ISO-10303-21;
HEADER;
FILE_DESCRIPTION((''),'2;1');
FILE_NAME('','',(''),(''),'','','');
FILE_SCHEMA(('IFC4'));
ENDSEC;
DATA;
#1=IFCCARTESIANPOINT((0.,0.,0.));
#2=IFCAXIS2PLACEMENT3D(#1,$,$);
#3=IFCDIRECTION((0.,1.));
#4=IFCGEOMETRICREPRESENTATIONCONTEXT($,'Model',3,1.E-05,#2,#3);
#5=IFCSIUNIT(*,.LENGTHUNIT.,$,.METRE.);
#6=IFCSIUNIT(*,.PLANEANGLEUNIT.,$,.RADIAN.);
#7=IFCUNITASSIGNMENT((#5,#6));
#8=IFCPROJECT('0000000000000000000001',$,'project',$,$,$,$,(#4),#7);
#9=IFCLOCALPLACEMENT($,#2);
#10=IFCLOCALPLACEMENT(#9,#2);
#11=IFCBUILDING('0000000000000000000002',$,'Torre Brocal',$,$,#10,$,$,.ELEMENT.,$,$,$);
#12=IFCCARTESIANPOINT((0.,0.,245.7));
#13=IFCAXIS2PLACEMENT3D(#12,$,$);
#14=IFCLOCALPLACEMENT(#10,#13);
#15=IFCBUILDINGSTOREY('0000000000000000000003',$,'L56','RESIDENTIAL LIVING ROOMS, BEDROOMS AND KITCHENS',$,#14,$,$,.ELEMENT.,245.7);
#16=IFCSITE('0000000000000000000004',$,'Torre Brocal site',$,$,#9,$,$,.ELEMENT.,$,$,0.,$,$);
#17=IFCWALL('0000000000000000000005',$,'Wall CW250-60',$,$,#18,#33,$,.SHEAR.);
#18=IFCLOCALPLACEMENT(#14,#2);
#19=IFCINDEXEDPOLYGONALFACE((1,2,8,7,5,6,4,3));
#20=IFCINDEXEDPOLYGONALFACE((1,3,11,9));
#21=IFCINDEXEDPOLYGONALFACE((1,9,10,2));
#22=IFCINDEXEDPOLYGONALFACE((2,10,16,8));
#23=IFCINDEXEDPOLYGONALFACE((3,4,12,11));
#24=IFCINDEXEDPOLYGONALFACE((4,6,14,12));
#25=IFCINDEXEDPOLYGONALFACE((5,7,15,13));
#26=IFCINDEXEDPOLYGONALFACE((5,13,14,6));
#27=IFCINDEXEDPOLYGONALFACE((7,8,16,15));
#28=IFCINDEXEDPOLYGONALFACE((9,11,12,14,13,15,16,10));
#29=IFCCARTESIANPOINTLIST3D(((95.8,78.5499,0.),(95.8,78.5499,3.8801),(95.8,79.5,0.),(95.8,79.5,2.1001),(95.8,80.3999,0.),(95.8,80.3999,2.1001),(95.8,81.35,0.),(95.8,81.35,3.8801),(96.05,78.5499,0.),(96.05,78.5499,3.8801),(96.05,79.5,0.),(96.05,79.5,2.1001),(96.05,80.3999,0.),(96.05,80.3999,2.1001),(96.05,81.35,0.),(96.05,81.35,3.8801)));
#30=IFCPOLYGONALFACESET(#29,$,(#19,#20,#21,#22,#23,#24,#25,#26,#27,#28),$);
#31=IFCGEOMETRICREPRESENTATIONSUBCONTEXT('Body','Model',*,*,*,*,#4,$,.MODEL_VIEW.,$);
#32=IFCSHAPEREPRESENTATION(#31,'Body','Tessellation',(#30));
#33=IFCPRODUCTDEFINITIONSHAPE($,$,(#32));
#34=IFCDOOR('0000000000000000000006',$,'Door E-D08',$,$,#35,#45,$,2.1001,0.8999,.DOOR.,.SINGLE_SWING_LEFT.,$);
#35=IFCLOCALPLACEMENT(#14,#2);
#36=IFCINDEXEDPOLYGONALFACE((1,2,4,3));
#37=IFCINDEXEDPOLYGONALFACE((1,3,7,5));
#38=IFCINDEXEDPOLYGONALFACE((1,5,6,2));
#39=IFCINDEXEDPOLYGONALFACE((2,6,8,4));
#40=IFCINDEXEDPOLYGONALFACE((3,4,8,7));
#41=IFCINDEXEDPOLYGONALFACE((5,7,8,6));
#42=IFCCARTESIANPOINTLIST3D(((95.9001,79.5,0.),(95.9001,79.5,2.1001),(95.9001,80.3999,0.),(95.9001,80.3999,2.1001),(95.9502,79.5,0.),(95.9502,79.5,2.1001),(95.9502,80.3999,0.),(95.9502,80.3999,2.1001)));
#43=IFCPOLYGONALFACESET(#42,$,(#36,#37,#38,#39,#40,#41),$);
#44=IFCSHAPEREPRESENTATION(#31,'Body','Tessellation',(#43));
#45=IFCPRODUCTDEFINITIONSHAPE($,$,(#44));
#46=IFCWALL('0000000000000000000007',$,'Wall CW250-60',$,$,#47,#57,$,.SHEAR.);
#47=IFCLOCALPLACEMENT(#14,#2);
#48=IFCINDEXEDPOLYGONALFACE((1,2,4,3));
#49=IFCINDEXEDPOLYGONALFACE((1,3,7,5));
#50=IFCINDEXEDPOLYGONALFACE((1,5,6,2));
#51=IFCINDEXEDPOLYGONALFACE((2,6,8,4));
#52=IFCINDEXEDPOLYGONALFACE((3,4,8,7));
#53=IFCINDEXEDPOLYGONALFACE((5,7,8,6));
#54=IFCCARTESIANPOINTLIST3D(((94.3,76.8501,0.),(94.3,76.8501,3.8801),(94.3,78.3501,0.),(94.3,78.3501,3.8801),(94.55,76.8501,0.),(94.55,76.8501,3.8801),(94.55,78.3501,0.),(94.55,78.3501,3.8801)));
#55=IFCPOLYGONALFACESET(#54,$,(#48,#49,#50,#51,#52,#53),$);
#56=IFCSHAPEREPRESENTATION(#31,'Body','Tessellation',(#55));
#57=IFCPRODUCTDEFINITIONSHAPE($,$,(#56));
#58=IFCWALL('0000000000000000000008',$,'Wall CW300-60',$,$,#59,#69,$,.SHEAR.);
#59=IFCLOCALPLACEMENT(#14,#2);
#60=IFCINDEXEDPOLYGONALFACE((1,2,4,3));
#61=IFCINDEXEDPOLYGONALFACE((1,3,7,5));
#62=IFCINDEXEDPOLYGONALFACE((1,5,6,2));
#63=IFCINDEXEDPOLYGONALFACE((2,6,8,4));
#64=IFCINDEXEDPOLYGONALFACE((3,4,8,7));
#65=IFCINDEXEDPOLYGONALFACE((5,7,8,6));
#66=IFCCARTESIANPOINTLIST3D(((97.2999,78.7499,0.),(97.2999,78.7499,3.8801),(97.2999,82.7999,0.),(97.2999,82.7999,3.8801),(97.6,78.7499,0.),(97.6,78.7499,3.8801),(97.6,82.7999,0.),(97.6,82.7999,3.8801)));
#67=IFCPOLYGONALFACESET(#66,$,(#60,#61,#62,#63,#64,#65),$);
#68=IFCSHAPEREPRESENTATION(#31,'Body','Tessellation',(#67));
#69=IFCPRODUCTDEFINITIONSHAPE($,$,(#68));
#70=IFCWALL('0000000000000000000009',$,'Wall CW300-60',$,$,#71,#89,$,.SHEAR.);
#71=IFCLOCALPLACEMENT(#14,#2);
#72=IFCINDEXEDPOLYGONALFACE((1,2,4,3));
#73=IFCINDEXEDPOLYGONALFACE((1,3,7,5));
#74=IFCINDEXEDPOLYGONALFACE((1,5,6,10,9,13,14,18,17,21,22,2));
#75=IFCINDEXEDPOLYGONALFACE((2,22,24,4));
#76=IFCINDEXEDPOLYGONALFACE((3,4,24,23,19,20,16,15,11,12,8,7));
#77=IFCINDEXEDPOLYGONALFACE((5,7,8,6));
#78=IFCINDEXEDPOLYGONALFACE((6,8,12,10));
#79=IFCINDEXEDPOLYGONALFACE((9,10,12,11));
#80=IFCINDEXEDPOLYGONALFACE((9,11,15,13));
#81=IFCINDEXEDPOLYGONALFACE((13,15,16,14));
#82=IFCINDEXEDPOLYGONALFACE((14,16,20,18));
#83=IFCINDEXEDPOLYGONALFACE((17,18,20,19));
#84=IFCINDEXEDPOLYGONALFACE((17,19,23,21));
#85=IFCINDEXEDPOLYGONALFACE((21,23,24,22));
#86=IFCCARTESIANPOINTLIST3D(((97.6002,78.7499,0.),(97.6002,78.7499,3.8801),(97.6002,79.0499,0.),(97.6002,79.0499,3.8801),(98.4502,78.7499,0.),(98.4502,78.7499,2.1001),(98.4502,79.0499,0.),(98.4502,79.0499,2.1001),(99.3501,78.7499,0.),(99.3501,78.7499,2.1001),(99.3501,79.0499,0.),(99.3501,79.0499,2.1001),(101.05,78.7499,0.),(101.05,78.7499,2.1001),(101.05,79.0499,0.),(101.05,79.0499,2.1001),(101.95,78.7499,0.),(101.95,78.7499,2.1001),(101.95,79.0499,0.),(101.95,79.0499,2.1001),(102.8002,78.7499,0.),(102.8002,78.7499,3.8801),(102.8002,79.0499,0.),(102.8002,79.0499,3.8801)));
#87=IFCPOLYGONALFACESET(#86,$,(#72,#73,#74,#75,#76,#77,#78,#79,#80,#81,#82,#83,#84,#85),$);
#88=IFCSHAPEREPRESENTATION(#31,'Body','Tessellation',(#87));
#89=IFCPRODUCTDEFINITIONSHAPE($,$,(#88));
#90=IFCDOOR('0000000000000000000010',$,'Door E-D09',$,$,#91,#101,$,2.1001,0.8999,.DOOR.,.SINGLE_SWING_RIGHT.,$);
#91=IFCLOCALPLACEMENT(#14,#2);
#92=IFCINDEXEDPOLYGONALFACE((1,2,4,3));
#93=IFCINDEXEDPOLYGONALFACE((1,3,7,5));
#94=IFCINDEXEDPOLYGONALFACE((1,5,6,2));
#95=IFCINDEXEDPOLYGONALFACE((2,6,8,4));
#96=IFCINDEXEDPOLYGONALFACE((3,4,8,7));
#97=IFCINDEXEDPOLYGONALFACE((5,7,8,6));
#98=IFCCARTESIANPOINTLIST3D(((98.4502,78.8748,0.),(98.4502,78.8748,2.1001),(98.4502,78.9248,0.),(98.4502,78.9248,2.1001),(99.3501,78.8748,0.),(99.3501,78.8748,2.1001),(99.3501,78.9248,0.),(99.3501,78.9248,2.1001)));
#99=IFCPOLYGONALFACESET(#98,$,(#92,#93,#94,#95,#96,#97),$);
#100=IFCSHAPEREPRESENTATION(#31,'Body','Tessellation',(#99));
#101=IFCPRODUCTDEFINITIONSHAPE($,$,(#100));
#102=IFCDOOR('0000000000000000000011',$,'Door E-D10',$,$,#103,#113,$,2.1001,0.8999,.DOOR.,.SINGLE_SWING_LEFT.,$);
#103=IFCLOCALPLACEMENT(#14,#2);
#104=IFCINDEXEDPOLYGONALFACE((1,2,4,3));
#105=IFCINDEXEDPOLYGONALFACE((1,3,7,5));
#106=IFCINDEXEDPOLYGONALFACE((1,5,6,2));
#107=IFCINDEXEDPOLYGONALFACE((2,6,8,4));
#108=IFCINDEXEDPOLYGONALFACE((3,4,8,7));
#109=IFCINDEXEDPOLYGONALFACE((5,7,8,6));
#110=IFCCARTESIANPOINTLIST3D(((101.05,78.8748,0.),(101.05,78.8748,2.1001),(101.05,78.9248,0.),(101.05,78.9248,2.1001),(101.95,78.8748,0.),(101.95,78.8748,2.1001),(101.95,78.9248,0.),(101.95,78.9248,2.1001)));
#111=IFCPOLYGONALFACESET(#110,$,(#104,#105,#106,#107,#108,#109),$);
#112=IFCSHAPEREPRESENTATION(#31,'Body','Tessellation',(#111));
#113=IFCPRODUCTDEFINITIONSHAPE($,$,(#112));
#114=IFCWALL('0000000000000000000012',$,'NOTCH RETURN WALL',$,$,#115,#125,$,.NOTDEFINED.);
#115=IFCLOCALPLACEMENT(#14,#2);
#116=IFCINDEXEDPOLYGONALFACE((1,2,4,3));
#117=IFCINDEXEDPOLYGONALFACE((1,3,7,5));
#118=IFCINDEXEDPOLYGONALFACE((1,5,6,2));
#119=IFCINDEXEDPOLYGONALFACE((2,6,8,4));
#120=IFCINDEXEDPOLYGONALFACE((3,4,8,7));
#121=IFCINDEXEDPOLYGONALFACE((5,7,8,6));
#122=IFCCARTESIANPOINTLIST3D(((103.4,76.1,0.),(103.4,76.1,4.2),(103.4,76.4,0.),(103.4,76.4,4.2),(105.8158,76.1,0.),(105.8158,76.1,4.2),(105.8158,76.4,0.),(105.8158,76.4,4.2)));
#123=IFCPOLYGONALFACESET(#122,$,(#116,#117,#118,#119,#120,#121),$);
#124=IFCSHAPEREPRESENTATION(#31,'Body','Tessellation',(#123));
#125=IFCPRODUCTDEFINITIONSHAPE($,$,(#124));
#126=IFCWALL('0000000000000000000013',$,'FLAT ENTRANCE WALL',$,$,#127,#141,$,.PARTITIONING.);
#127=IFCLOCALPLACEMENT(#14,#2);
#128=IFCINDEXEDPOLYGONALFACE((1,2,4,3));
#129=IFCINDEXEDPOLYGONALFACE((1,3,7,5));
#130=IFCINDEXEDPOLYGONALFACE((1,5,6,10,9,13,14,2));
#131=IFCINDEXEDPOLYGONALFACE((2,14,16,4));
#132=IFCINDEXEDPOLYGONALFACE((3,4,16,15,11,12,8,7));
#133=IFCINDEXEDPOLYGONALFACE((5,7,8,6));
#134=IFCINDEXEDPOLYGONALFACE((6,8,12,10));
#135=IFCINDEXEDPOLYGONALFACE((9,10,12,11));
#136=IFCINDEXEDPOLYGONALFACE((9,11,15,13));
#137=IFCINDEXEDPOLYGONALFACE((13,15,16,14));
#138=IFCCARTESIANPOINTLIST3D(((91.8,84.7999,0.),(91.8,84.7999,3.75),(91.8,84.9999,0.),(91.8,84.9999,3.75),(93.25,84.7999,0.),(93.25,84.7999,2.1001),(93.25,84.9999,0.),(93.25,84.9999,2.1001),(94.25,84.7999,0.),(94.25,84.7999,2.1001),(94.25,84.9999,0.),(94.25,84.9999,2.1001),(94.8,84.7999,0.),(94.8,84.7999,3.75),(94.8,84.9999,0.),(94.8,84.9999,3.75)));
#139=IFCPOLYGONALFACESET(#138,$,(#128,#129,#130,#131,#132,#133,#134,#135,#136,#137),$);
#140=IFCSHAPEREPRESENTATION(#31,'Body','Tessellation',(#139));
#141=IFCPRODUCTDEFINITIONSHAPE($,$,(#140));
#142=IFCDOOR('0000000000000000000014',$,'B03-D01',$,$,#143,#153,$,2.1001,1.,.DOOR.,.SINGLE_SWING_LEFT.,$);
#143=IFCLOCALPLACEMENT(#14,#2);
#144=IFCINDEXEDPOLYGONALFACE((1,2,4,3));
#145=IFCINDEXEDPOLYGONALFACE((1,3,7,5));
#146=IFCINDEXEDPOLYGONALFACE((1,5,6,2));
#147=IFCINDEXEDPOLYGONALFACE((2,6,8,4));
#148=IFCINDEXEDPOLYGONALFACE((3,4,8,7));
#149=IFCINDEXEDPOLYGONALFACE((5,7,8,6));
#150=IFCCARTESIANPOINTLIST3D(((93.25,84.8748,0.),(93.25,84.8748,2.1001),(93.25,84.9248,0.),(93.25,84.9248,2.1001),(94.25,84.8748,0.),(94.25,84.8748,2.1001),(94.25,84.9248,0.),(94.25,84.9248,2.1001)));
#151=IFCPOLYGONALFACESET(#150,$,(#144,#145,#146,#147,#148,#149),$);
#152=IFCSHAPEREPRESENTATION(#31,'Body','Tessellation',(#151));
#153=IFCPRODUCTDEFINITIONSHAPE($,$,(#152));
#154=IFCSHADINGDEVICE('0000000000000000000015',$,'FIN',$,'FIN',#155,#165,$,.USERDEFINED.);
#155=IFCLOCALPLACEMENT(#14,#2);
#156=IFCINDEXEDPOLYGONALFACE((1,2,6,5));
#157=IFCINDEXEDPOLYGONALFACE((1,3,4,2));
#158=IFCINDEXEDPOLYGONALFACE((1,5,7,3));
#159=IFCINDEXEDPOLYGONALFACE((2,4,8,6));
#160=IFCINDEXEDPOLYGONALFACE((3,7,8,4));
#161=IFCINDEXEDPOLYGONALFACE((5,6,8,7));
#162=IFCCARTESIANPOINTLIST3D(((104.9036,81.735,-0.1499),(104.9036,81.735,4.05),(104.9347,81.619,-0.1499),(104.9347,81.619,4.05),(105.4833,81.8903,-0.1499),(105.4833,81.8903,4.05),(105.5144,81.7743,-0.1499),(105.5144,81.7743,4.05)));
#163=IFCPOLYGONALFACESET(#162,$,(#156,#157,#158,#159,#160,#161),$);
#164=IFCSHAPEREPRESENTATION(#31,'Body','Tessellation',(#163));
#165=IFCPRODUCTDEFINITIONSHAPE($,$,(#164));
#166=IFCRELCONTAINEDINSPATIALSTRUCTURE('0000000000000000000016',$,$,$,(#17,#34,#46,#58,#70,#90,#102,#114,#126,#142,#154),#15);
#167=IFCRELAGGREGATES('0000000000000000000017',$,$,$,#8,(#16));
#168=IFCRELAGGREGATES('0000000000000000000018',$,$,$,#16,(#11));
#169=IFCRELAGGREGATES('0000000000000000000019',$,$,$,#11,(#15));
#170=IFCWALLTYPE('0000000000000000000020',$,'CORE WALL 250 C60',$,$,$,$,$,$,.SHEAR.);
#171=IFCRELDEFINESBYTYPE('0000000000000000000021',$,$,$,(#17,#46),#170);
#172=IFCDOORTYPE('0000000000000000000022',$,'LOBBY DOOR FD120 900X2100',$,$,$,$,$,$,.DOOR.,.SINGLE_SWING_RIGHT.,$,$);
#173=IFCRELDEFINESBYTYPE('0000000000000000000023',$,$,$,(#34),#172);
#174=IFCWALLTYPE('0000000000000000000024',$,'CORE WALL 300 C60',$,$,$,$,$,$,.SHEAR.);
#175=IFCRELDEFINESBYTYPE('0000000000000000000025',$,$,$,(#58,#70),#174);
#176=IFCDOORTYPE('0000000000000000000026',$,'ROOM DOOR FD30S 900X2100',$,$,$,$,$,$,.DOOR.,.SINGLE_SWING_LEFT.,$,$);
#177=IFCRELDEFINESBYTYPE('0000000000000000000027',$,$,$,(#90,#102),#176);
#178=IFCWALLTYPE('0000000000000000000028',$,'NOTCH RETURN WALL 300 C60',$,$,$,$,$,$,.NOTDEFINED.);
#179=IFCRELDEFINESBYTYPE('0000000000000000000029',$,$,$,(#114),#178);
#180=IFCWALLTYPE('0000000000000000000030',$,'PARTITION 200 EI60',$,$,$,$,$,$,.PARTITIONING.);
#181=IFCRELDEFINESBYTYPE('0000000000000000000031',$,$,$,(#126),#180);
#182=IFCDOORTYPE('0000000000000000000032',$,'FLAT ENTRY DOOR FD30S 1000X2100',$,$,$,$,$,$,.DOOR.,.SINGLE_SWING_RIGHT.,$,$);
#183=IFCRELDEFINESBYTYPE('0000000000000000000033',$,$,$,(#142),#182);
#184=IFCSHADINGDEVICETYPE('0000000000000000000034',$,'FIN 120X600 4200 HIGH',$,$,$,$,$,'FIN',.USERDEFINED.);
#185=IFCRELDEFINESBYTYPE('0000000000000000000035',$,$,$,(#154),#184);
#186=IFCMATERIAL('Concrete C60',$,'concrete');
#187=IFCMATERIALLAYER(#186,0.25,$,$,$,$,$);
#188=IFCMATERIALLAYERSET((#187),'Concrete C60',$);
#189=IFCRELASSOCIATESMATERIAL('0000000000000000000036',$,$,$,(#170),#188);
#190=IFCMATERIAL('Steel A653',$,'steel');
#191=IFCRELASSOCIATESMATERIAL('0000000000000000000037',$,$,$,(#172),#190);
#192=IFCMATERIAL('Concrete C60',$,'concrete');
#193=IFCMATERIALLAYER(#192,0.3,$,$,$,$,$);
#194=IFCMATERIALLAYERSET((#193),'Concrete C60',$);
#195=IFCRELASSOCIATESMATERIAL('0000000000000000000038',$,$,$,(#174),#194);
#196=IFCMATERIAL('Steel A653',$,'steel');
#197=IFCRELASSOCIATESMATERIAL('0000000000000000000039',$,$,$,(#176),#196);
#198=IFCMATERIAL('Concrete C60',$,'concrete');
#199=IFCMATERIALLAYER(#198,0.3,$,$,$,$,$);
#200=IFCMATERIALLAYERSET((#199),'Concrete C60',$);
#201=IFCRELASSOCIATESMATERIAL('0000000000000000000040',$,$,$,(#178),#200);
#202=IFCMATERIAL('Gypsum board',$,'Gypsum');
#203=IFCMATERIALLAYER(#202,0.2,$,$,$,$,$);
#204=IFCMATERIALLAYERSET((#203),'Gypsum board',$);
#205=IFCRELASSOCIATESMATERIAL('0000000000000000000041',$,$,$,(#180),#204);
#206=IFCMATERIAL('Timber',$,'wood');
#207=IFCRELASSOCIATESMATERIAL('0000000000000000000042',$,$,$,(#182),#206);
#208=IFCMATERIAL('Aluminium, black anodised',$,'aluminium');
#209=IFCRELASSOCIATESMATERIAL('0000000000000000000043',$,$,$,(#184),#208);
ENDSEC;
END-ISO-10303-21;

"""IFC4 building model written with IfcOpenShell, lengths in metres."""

from ifc_helpers import new_model, si_unit, direction, frame, frame_2d, origin, origin_2d, place, context, subcontext, project, spatial, rectangle, extrude, material, layer, layer_set, material_profile, profile_set, type_object, element, fill, save


model = new_model("IFC4")

# Units and contexts
model_context = context("Model", 3, precision=1e-05, world=origin(), true_north=direction((0.0, 1.0)))
body_context = subcontext(model_context, "Body", "Model", "MODEL_VIEW")
ifc_project = project(units=[si_unit("LENGTHUNIT", "METRE"), si_unit("PLANEANGLEUNIT", "RADIAN")], contexts=[model_context])

# Site, building, storey
site_placement = place(None, origin())
site = spatial("IfcSite", under=ifc_project, at=site_placement, Name="Torre Brocal site", CompositionType="ELEMENT", RefElevation=0.0)
building_placement = place(site_placement, origin())
building = spatial("IfcBuilding", under=site, at=building_placement, Name="Torre Brocal", CompositionType="ELEMENT")
storey_placement = place(building_placement, frame((0.0, 0.0, 245.7)))
storey = spatial("IfcBuildingStorey", under=building, at=storey_placement, Name="L56", Description="RESIDENTIAL LIVING ROOMS, BEDROOMS AND KITCHENS", CompositionType="ELEMENT", Elevation=245.7)

# Wall, opening, door
ifc_material_1 = material(Name="Concrete C60", Category="concrete")
ifc_layer_1 = layer(ifc_material_1, 0.25)
ifc_layer_set_1 = layer_set([ifc_layer_1], Name="Concrete C60")
wall_type_1 = type_object("IfcWallType", Name="CORE WALL 250 C60", PredefinedType="SHEAR", material=ifc_layer_set_1)
wall_1_placement = place(storey_placement, frame((95.925, 78.55, 0.0), z_axis=(0.0, 0.0, 1.0), x_axis=(0.0, 1.0, 0.0)))
wall_1 = element("IfcWall", 1, at=wall_1_placement, inside=storey, type_object=wall_type_1, Name="Wall CW250-60", PredefinedType="SHEAR", context=body_context, shape_type="SweptSolid", body=[
    extrude(rectangle(XDim=2.8, YDim=0.25, at=frame_2d((1.3999, 0.0))), origin(), (0.0, 0.0, 1.0), 3.8801),
])
opening_1_placement = place(wall_1_placement, frame((0.95, 0.0, 0.0)))
opening_1 = element("IfcOpeningElement", 2, at=opening_1_placement, cuts=wall_1, PredefinedType="OPENING", context=body_context, shape_type="SweptSolid", body=[
    extrude(rectangle(XDim=0.8999, YDim=2.1001, at=frame_2d((0.45, 1.05))), frame((0.0, 0.135, 0.0), z_axis=(0.0, -1.0, 0.0), x_axis=(1.0, 0.0, 0.0)), (0.0, 0.0, 1.0), 0.27),
])
ifc_material_2 = material(Name="Steel A653", Category="steel")
door_type_1 = type_object("IfcDoorType", Name="LOBBY DOOR FD120 900X2100", OperationType="SINGLE_SWING_RIGHT", PredefinedType="DOOR", material=ifc_material_2)
door_1_placement = place(opening_1_placement, origin())
door_1 = element("IfcDoor", 3, at=door_1_placement, inside=storey, type_object=door_type_1, Name="Door E-D08", OperationType="SINGLE_SWING_LEFT", OverallHeight=2.1001, OverallWidth=0.8999, PredefinedType="DOOR", context=body_context, shape_type="SweptSolid", body=[
    extrude(rectangle(XDim=0.8999, YDim=2.1001, at=frame_2d((0.45, 1.05))), frame((0.0, 0.0249, 0.0), z_axis=(0.0, -1.0, 0.0), x_axis=(1.0, 0.0, 0.0)), (0.0, 0.0, 1.0), 0.05),
])
fill(opening_1, door_1)

# Walls
wall_2_placement = place(storey_placement, frame((94.425, 76.8501, 0.0), z_axis=(0.0, 0.0, 1.0), x_axis=(0.0, 1.0, 0.0)))
element("IfcWall", 4, at=wall_2_placement, inside=storey, type_object=wall_type_1, Name="Wall CW250-60", PredefinedType="SHEAR", context=body_context, shape_type="SweptSolid", body=[
    extrude(rectangle(XDim=1.5, YDim=0.25, at=frame_2d((0.75, 0.0))), origin(), (0.0, 0.0, 1.0), 3.8801),
])
ifc_material_3 = material(Name="Concrete C60", Category="concrete")
ifc_layer_2 = layer(ifc_material_3, 0.3)
ifc_layer_set_2 = layer_set([ifc_layer_2], Name="Concrete C60")
wall_type_2 = type_object("IfcWallType", Name="CORE WALL 300 C60", PredefinedType="SHEAR", material=ifc_layer_set_2)
wall_3_placement = place(storey_placement, frame((97.45, 78.75, 0.0), z_axis=(0.0, 0.0, 1.0), x_axis=(0.0, 1.0, 0.0)))
element("IfcWall", 5, at=wall_3_placement, inside=storey, type_object=wall_type_2, Name="Wall CW300-60", PredefinedType="SHEAR", context=body_context, shape_type="SweptSolid", body=[
    extrude(rectangle(XDim=4.05, YDim=0.3, at=frame_2d((2.0249, 0.0))), origin(), (0.0, 0.0, 1.0), 3.8801),
])

# Wall, openings, doors
wall_4_placement = place(storey_placement, frame((97.6001, 78.8999, 0.0), z_axis=(0.0, 0.0, 1.0), x_axis=(1.0, 0.0, 0.0)))
wall_4 = element("IfcWall", 6, at=wall_4_placement, inside=storey, type_object=wall_type_2, Name="Wall CW300-60", PredefinedType="SHEAR", context=body_context, shape_type="SweptSolid", body=[
    extrude(rectangle(XDim=5.2, YDim=0.3, at=frame_2d((2.6001, 0.0))), origin(), (0.0, 0.0, 1.0), 3.8801),
])
opening_2_placement = place(wall_4_placement, frame((0.8501, 0.0, 0.0)))
opening_2 = element("IfcOpeningElement", 7, at=opening_2_placement, cuts=wall_4, PredefinedType="OPENING", context=body_context, shape_type="SweptSolid", body=[
    extrude(rectangle(XDim=0.8999, YDim=2.1001, at=frame_2d((0.45, 1.05))), frame((0.0, 0.1599, 0.0), z_axis=(0.0, -1.0, 0.0), x_axis=(1.0, 0.0, 0.0)), (0.0, 0.0, 1.0), 0.3201),
])
opening_3_placement = place(wall_4_placement, frame((3.45, 0.0, 0.0)))
opening_3 = element("IfcOpeningElement", 8, at=opening_3_placement, cuts=wall_4, PredefinedType="OPENING", context=body_context, shape_type="SweptSolid", body=[
    extrude(rectangle(XDim=0.8999, YDim=2.1001, at=frame_2d((0.45, 1.05))), frame((0.0, 0.1599, 0.0), z_axis=(0.0, -1.0, 0.0), x_axis=(1.0, 0.0, 0.0)), (0.0, 0.0, 1.0), 0.3201),
])
ifc_material_4 = material(Name="Steel A653", Category="steel")
door_type_2 = type_object("IfcDoorType", Name="ROOM DOOR FD30S 900X2100", OperationType="SINGLE_SWING_LEFT", PredefinedType="DOOR", material=ifc_material_4)
door_2_placement = place(opening_2_placement, origin())
door_2 = element("IfcDoor", 9, at=door_2_placement, inside=storey, type_object=door_type_2, Name="Door E-D09", OperationType="SINGLE_SWING_RIGHT", OverallHeight=2.1001, OverallWidth=0.8999, PredefinedType="DOOR", context=body_context, shape_type="SweptSolid", body=[
    extrude(rectangle(XDim=0.8999, YDim=2.1001, at=frame_2d((0.45, 1.05))), frame((0.0, 0.0249, 0.0), z_axis=(0.0, -1.0, 0.0), x_axis=(1.0, 0.0, 0.0)), (0.0, 0.0, 1.0), 0.05),
])
fill(opening_2, door_2)
door_3_placement = place(opening_3_placement, origin())
door_3 = element("IfcDoor", 10, at=door_3_placement, inside=storey, type_object=door_type_2, Name="Door E-D10", OperationType="SINGLE_SWING_LEFT", OverallHeight=2.1001, OverallWidth=0.8999, PredefinedType="DOOR", context=body_context, shape_type="SweptSolid", body=[
    extrude(rectangle(XDim=0.8999, YDim=2.1001, at=frame_2d((0.45, 1.05))), frame((0.0, 0.0249, 0.0), z_axis=(0.0, -1.0, 0.0), x_axis=(1.0, 0.0, 0.0)), (0.0, 0.0, 1.0), 0.05),
])
fill(opening_3, door_3)

# Wall
ifc_material_5 = material(Name="Concrete C60", Category="concrete")
ifc_layer_3 = layer(ifc_material_5, 0.3)
ifc_layer_set_3 = layer_set([ifc_layer_3], Name="Concrete C60")
wall_type_3 = type_object("IfcWallType", Name="NOTCH RETURN WALL 300 C60", PredefinedType="NOTDEFINED", material=ifc_layer_set_3)
wall_5_placement = place(storey_placement, frame((103.3999, 76.25, 0.0), z_axis=(0.0, 0.0, 1.0), x_axis=(1.0, 0.0, 0.0)))
element("IfcWall", 11, at=wall_5_placement, inside=storey, type_object=wall_type_3, Name="NOTCH RETURN WALL", PredefinedType="NOTDEFINED", context=body_context, shape_type="SweptSolid", body=[
    extrude(rectangle(XDim=2.4158, YDim=0.3, at=frame_2d((1.208, 0.0))), origin(), (0.0, 0.0, 1.0), 4.2),
])

# Wall, opening, door
ifc_material_6 = material(Name="Gypsum board", Category="Gypsum")
ifc_layer_4 = layer(ifc_material_6, 0.2)
ifc_layer_set_4 = layer_set([ifc_layer_4], Name="Gypsum board")
wall_type_4 = type_object("IfcWallType", Name="PARTITION 200 EI60", PredefinedType="PARTITIONING", material=ifc_layer_set_4)
wall_6_placement = place(storey_placement, frame((91.8, 84.8999, 0.0), z_axis=(0.0, 0.0, 1.0), x_axis=(1.0, 0.0, 0.0)))
wall_6 = element("IfcWall", 12, at=wall_6_placement, inside=storey, type_object=wall_type_4, Name="FLAT ENTRANCE WALL", PredefinedType="PARTITIONING", context=body_context, shape_type="SweptSolid", body=[
    extrude(rectangle(XDim=3.0, YDim=0.2, at=frame_2d((1.5, 0.0))), origin(), (0.0, 0.0, 1.0), 3.75),
])
opening_4_placement = place(wall_6_placement, frame((1.45, 0.0, 0.0)))
opening_4 = element("IfcOpeningElement", 13, at=opening_4_placement, cuts=wall_6, PredefinedType="OPENING", context=body_context, shape_type="SweptSolid", body=[
    extrude(rectangle(XDim=1.0, YDim=2.1001, at=frame_2d((0.5, 1.05))), frame((0.0, 0.1099, 0.0), z_axis=(0.0, -1.0, 0.0), x_axis=(1.0, 0.0, 0.0)), (0.0, 0.0, 1.0), 0.22),
])
ifc_material_7 = material(Name="Timber", Category="wood")
door_type_3 = type_object("IfcDoorType", Name="FLAT ENTRY DOOR FD30S 1000X2100", OperationType="SINGLE_SWING_RIGHT", PredefinedType="DOOR", material=ifc_material_7)
door_4_placement = place(opening_4_placement, origin())
door_4 = element("IfcDoor", 14, at=door_4_placement, inside=storey, type_object=door_type_3, Name="B03-D01", OperationType="SINGLE_SWING_LEFT", OverallHeight=2.1001, OverallWidth=1.0, PredefinedType="DOOR", context=body_context, shape_type="SweptSolid", body=[
    extrude(rectangle(XDim=1.0, YDim=2.1001, at=frame_2d((0.5, 1.05))), frame((0.0, 0.0249, 0.0), z_axis=(0.0, -1.0, 0.0), x_axis=(1.0, 0.0, 0.0)), (0.0, 0.0, 1.0), 0.05),
])
fill(opening_4, door_4)

# Shading device
ifc_material_8 = material(Name="Aluminium, black anodised", Category="aluminium")
ifc_material_profile_1 = material_profile(ifc_material_8, rectangle(XDim=0.1201, YDim=0.6001, at=origin_2d()), Name="FIN 120X600 4200 HIGH")
ifc_profile_set_1 = profile_set([ifc_material_profile_1], Name="Aluminium, black anodised")
shading_device_type = type_object("IfcShadingDeviceType", Name="FIN 120X600 4200 HIGH", ElementType="FIN", PredefinedType="USERDEFINED", material=ifc_profile_set_1)
shading_device_placement = place(storey_placement, frame((105.209, 81.7546, -0.1499), z_axis=(0.0, 0.0, 1.0), x_axis=(-0.258819, 0.965926, 0.0)))
element("IfcShadingDevice", 15, at=shading_device_placement, inside=storey, type_object=shading_device_type, Name="FIN", ObjectType="FIN", PredefinedType="USERDEFINED", context=body_context, shape_type="SweptSolid", body=[
    extrude(rectangle(XDim=0.1201, YDim=0.6001, at=origin_2d()), origin(), (0.0, 0.0, 1.0), 4.2),
])

save(model, "model.ifc")
